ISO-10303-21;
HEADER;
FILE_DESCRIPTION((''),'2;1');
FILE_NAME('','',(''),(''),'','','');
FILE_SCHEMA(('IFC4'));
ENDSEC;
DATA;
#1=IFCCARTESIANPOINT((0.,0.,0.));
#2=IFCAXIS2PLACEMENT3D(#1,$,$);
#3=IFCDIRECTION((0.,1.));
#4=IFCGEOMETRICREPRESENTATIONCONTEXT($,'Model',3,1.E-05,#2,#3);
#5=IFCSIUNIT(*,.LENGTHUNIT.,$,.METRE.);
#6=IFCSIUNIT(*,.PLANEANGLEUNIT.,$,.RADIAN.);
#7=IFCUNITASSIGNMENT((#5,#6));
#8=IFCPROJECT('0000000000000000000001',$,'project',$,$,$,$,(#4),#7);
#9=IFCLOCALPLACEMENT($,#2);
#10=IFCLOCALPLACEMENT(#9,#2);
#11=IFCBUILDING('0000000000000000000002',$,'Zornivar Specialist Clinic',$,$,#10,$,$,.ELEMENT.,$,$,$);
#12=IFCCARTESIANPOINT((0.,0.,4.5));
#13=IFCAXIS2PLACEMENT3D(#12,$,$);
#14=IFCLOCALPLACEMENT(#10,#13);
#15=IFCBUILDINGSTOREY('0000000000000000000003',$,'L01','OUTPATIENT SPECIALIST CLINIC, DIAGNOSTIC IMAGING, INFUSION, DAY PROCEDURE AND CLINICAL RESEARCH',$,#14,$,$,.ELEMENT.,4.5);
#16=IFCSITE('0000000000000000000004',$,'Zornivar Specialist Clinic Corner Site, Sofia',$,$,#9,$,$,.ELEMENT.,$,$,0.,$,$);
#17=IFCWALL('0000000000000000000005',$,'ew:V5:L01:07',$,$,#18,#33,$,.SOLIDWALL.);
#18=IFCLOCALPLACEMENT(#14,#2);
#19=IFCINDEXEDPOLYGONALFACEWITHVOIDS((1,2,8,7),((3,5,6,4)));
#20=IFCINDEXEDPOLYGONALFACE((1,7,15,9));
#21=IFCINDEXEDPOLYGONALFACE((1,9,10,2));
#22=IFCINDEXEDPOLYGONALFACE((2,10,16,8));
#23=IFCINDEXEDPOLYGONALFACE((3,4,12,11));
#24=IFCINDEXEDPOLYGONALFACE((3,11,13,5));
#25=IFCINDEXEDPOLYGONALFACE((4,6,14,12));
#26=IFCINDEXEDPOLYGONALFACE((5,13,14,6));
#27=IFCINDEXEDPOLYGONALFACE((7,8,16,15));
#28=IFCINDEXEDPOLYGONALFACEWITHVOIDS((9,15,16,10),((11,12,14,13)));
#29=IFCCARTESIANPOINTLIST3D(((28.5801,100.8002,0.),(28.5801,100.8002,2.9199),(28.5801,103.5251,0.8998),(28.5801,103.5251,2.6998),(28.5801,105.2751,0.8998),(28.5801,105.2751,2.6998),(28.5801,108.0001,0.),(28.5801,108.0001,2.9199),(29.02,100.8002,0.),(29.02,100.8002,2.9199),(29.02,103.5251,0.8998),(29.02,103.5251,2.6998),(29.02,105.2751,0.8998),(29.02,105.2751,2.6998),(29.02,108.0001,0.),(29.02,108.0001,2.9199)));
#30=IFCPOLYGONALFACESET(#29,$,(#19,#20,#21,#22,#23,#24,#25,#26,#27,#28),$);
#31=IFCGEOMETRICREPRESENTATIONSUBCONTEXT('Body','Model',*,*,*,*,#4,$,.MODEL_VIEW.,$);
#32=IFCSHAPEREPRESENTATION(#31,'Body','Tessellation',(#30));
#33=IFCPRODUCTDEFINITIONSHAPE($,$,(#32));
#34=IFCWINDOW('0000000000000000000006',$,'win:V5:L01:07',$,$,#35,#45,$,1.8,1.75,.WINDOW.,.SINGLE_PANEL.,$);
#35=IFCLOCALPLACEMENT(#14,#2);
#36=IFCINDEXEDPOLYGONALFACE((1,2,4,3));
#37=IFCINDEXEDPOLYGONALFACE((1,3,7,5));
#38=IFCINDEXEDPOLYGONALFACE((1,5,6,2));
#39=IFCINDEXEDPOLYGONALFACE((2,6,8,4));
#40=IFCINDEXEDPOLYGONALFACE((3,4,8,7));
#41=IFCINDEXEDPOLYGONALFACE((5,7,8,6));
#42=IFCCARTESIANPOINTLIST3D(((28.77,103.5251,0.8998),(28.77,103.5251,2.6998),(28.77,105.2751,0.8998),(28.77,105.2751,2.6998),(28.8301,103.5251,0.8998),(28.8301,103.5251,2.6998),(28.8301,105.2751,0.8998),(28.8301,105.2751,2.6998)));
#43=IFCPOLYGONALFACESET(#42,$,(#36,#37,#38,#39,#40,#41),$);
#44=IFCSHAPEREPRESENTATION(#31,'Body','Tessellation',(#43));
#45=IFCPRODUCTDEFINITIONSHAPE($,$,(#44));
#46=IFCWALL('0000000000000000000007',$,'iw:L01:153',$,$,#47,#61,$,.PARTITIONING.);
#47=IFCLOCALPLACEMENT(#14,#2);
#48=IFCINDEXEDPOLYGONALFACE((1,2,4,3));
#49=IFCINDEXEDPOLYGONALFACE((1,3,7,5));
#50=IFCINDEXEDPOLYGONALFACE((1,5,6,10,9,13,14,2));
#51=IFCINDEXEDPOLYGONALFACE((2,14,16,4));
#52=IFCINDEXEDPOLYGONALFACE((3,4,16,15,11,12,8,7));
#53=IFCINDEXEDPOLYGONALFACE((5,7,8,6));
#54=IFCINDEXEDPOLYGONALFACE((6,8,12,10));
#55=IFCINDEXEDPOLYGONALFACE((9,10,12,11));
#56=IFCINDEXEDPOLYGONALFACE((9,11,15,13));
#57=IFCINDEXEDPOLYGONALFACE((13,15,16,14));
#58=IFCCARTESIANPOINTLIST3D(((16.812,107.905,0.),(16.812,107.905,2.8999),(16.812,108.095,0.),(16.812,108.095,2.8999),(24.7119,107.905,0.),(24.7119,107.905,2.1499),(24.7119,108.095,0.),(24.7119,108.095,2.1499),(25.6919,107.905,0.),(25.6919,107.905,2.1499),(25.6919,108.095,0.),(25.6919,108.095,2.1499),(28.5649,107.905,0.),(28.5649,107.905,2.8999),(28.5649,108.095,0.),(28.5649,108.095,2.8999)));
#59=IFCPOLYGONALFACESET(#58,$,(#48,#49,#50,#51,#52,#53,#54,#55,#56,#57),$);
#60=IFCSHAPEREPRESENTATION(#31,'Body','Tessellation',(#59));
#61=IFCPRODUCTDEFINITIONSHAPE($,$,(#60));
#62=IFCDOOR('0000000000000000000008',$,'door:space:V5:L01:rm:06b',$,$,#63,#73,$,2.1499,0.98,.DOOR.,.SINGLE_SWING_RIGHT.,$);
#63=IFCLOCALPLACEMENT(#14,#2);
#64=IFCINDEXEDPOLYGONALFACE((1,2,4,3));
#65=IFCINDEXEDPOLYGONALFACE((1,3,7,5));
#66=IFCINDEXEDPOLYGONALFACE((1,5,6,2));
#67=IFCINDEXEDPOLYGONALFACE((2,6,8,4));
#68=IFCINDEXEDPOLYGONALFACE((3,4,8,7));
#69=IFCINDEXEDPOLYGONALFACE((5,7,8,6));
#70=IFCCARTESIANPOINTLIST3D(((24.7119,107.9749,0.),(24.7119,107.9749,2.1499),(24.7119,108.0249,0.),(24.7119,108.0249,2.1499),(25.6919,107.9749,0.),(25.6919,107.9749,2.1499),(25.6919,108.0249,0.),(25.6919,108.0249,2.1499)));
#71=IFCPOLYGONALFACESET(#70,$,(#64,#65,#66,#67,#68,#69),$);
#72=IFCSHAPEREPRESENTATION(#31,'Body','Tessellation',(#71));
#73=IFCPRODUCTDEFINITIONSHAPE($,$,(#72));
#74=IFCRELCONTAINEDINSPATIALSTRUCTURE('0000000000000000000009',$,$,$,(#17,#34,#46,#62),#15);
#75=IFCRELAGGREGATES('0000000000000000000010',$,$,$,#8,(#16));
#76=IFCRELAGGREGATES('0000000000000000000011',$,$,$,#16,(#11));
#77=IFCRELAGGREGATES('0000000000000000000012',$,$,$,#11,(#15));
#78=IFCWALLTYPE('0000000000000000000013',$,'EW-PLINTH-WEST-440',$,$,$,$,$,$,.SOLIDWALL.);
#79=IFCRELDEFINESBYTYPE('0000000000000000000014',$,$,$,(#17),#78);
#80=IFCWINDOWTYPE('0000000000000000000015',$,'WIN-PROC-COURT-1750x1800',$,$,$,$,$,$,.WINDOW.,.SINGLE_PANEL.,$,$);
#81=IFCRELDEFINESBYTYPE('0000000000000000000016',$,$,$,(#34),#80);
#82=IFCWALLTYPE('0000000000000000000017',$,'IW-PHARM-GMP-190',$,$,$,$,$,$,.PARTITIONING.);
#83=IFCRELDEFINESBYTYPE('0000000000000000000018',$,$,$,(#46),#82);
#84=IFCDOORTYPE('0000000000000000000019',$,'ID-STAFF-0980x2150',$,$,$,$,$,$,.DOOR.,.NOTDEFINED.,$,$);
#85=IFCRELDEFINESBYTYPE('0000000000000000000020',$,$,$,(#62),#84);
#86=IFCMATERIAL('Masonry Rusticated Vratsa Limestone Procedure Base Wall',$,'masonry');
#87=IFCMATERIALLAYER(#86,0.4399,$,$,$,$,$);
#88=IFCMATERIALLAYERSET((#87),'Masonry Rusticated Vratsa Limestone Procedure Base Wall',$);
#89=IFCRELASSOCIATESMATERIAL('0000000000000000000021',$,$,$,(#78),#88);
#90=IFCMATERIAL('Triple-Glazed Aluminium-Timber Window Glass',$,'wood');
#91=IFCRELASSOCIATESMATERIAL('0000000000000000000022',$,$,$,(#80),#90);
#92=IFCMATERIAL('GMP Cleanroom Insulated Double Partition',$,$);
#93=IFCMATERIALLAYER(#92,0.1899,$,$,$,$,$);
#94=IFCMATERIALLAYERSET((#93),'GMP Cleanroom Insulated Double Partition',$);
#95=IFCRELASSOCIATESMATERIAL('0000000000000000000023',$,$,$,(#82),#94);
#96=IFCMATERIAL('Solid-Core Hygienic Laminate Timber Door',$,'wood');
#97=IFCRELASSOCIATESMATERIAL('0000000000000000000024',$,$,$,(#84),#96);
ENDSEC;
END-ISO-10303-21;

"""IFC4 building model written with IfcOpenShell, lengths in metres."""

from ifc_helpers import new_model, si_unit, direction, frame, frame_2d, origin, place, context, subcontext, project, spatial, rectangle, extrude, material, layer, layer_set, type_object, element, fill, save


model = new_model("IFC4")

# Units and contexts
model_context = context("Model", 3, precision=1e-05, world=origin(), true_north=direction((0.0, 1.0)))
body_context = subcontext(model_context, "Body", "Model", "MODEL_VIEW")
ifc_project = project(units=[si_unit("LENGTHUNIT", "METRE"), si_unit("PLANEANGLEUNIT", "RADIAN")], contexts=[model_context])

# Site, building, storey
site_placement = place(None, origin())
site = spatial("IfcSite", under=ifc_project, at=site_placement, Name="Zornivar Specialist Clinic Corner Site, Sofia", CompositionType="ELEMENT", RefElevation=0.0)
building_placement = place(site_placement, origin())
building = spatial("IfcBuilding", under=site, at=building_placement, Name="Zornivar Specialist Clinic", CompositionType="ELEMENT")
storey_placement = place(building_placement, frame((0.0, 0.0, 4.5)))
storey = spatial("IfcBuildingStorey", under=building, at=storey_placement, Name="L01", Description="OUTPATIENT SPECIALIST CLINIC, DIAGNOSTIC IMAGING, INFUSION, DAY PROCEDURE AND CLINICAL RESEARCH", CompositionType="ELEMENT", Elevation=4.5)

# Wall, opening, window
ifc_material_1 = material(Name="Masonry Rusticated Vratsa Limestone Procedure Base Wall", Category="masonry")
ifc_layer_1 = layer(ifc_material_1, 0.4399)
ifc_layer_set_1 = layer_set([ifc_layer_1], Name="Masonry Rusticated Vratsa Limestone Procedure Base Wall")
wall_type_1 = type_object("IfcWallType", Name="EW-PLINTH-WEST-440", PredefinedType="SOLIDWALL", material=ifc_layer_set_1)
ifc_material_2 = material(Name="Triple-Glazed Aluminium-Timber Window Glass", Category="wood")
window_type = type_object("IfcWindowType", Name="WIN-PROC-COURT-1750x1800", PartitioningType="SINGLE_PANEL", PredefinedType="WINDOW", material=ifc_material_2)
wall_1_placement = place(storey_placement, frame((28.8, 100.8, 0.0), z_axis=(0.0, 0.0, 1.0), x_axis=(0.0, 1.0, 0.0)))
wall_1 = element("IfcWall", 1, at=wall_1_placement, inside=storey, type_object=wall_type_1, Name="ew:V5:L01:07", PredefinedType="SOLIDWALL", context=body_context, shape_type="SweptSolid", body=[
    extrude(rectangle(XDim=7.2, YDim=0.4399, at=frame_2d((3.6001, 0.0))), origin(), (0.0, 0.0, 1.0), 2.9199),
])
opening_1_placement = place(wall_1_placement, frame((2.7251, 0.0, 0.8999)))
opening_1 = element("IfcOpeningElement", 2, at=opening_1_placement, cuts=wall_1, PredefinedType="OPENING", context=body_context, shape_type="SweptSolid", body=[
    extrude(rectangle(XDim=1.75, YDim=1.8, at=frame_2d((0.875, 0.8999))), frame((0.0, 0.23, 0.0), z_axis=(0.0, -1.0, 0.0), x_axis=(1.0, 0.0, 0.0)), (0.0, 0.0, 1.0), 0.46),
])
window_1_placement = place(opening_1_placement, origin())
window_1 = element("IfcWindow", 3, at=window_1_placement, inside=storey, type_object=window_type, Name="win:V5:L01:07", OverallHeight=1.8, OverallWidth=1.75, PartitioningType="SINGLE_PANEL", PredefinedType="WINDOW", context=body_context, shape_type="SweptSolid", body=[
    extrude(rectangle(XDim=1.75, YDim=1.8, at=frame_2d((0.875, 0.8999))), frame((0.0, 0.03, 0.0), z_axis=(0.0, -1.0, 0.0), x_axis=(1.0, 0.0, 0.0)), (0.0, 0.0, 1.0), 0.0601),
])
fill(opening_1, window_1)

# Wall, opening, door
ifc_material_3 = material(Name="GMP Cleanroom Insulated Double Partition")
ifc_layer_2 = layer(ifc_material_3, 0.1899)
ifc_layer_set_2 = layer_set([ifc_layer_2], Name="GMP Cleanroom Insulated Double Partition")
wall_type_2 = type_object("IfcWallType", Name="IW-PHARM-GMP-190", PredefinedType="PARTITIONING", material=ifc_layer_set_2)
wall_2_placement = place(storey_placement, frame((16.812, 108.0, 0.0), z_axis=(0.0, 0.0, 1.0), x_axis=(1.0, 0.0, 0.0)))
wall_2 = element("IfcWall", 4, at=wall_2_placement, inside=storey, type_object=wall_type_2, Name="iw:L01:153", PredefinedType="PARTITIONING", context=body_context, shape_type="SweptSolid", body=[
    extrude(rectangle(XDim=11.7529, YDim=0.1899, at=frame_2d((5.8765, 0.0))), origin(), (0.0, 0.0, 1.0), 2.8999),
])
opening_2_placement = place(wall_2_placement, frame((7.8999, 0.0, 0.0)))
opening_2 = element("IfcOpeningElement", 5, at=opening_2_placement, cuts=wall_2, PredefinedType="OPENING", context=body_context, shape_type="SweptSolid", body=[
    extrude(rectangle(XDim=0.98, YDim=2.1499, at=frame_2d((0.49, 1.075))), frame((0.0, 0.105, 0.0), z_axis=(0.0, -1.0, 0.0), x_axis=(1.0, 0.0, 0.0)), (0.0, 0.0, 1.0), 0.21),
])
ifc_material_4 = material(Name="Solid-Core Hygienic Laminate Timber Door", Category="wood")
door_type = type_object("IfcDoorType", Name="ID-STAFF-0980x2150", OperationType="NOTDEFINED", PredefinedType="DOOR", material=ifc_material_4)
door_placement = place(opening_2_placement, origin())
door = element("IfcDoor", 6, at=door_placement, inside=storey, type_object=door_type, Name="door:space:V5:L01:rm:06b", OperationType="SINGLE_SWING_RIGHT", OverallHeight=2.1499, OverallWidth=0.98, PredefinedType="DOOR", context=body_context, shape_type="SweptSolid", body=[
    extrude(rectangle(XDim=0.98, YDim=2.1499, at=frame_2d((0.49, 1.075))), frame((0.0, 0.0249, 0.0), z_axis=(0.0, -1.0, 0.0), x_axis=(1.0, 0.0, 0.0)), (0.0, 0.0, 1.0), 0.05),
])
fill(opening_2, door)

save(model, "model.ifc")
